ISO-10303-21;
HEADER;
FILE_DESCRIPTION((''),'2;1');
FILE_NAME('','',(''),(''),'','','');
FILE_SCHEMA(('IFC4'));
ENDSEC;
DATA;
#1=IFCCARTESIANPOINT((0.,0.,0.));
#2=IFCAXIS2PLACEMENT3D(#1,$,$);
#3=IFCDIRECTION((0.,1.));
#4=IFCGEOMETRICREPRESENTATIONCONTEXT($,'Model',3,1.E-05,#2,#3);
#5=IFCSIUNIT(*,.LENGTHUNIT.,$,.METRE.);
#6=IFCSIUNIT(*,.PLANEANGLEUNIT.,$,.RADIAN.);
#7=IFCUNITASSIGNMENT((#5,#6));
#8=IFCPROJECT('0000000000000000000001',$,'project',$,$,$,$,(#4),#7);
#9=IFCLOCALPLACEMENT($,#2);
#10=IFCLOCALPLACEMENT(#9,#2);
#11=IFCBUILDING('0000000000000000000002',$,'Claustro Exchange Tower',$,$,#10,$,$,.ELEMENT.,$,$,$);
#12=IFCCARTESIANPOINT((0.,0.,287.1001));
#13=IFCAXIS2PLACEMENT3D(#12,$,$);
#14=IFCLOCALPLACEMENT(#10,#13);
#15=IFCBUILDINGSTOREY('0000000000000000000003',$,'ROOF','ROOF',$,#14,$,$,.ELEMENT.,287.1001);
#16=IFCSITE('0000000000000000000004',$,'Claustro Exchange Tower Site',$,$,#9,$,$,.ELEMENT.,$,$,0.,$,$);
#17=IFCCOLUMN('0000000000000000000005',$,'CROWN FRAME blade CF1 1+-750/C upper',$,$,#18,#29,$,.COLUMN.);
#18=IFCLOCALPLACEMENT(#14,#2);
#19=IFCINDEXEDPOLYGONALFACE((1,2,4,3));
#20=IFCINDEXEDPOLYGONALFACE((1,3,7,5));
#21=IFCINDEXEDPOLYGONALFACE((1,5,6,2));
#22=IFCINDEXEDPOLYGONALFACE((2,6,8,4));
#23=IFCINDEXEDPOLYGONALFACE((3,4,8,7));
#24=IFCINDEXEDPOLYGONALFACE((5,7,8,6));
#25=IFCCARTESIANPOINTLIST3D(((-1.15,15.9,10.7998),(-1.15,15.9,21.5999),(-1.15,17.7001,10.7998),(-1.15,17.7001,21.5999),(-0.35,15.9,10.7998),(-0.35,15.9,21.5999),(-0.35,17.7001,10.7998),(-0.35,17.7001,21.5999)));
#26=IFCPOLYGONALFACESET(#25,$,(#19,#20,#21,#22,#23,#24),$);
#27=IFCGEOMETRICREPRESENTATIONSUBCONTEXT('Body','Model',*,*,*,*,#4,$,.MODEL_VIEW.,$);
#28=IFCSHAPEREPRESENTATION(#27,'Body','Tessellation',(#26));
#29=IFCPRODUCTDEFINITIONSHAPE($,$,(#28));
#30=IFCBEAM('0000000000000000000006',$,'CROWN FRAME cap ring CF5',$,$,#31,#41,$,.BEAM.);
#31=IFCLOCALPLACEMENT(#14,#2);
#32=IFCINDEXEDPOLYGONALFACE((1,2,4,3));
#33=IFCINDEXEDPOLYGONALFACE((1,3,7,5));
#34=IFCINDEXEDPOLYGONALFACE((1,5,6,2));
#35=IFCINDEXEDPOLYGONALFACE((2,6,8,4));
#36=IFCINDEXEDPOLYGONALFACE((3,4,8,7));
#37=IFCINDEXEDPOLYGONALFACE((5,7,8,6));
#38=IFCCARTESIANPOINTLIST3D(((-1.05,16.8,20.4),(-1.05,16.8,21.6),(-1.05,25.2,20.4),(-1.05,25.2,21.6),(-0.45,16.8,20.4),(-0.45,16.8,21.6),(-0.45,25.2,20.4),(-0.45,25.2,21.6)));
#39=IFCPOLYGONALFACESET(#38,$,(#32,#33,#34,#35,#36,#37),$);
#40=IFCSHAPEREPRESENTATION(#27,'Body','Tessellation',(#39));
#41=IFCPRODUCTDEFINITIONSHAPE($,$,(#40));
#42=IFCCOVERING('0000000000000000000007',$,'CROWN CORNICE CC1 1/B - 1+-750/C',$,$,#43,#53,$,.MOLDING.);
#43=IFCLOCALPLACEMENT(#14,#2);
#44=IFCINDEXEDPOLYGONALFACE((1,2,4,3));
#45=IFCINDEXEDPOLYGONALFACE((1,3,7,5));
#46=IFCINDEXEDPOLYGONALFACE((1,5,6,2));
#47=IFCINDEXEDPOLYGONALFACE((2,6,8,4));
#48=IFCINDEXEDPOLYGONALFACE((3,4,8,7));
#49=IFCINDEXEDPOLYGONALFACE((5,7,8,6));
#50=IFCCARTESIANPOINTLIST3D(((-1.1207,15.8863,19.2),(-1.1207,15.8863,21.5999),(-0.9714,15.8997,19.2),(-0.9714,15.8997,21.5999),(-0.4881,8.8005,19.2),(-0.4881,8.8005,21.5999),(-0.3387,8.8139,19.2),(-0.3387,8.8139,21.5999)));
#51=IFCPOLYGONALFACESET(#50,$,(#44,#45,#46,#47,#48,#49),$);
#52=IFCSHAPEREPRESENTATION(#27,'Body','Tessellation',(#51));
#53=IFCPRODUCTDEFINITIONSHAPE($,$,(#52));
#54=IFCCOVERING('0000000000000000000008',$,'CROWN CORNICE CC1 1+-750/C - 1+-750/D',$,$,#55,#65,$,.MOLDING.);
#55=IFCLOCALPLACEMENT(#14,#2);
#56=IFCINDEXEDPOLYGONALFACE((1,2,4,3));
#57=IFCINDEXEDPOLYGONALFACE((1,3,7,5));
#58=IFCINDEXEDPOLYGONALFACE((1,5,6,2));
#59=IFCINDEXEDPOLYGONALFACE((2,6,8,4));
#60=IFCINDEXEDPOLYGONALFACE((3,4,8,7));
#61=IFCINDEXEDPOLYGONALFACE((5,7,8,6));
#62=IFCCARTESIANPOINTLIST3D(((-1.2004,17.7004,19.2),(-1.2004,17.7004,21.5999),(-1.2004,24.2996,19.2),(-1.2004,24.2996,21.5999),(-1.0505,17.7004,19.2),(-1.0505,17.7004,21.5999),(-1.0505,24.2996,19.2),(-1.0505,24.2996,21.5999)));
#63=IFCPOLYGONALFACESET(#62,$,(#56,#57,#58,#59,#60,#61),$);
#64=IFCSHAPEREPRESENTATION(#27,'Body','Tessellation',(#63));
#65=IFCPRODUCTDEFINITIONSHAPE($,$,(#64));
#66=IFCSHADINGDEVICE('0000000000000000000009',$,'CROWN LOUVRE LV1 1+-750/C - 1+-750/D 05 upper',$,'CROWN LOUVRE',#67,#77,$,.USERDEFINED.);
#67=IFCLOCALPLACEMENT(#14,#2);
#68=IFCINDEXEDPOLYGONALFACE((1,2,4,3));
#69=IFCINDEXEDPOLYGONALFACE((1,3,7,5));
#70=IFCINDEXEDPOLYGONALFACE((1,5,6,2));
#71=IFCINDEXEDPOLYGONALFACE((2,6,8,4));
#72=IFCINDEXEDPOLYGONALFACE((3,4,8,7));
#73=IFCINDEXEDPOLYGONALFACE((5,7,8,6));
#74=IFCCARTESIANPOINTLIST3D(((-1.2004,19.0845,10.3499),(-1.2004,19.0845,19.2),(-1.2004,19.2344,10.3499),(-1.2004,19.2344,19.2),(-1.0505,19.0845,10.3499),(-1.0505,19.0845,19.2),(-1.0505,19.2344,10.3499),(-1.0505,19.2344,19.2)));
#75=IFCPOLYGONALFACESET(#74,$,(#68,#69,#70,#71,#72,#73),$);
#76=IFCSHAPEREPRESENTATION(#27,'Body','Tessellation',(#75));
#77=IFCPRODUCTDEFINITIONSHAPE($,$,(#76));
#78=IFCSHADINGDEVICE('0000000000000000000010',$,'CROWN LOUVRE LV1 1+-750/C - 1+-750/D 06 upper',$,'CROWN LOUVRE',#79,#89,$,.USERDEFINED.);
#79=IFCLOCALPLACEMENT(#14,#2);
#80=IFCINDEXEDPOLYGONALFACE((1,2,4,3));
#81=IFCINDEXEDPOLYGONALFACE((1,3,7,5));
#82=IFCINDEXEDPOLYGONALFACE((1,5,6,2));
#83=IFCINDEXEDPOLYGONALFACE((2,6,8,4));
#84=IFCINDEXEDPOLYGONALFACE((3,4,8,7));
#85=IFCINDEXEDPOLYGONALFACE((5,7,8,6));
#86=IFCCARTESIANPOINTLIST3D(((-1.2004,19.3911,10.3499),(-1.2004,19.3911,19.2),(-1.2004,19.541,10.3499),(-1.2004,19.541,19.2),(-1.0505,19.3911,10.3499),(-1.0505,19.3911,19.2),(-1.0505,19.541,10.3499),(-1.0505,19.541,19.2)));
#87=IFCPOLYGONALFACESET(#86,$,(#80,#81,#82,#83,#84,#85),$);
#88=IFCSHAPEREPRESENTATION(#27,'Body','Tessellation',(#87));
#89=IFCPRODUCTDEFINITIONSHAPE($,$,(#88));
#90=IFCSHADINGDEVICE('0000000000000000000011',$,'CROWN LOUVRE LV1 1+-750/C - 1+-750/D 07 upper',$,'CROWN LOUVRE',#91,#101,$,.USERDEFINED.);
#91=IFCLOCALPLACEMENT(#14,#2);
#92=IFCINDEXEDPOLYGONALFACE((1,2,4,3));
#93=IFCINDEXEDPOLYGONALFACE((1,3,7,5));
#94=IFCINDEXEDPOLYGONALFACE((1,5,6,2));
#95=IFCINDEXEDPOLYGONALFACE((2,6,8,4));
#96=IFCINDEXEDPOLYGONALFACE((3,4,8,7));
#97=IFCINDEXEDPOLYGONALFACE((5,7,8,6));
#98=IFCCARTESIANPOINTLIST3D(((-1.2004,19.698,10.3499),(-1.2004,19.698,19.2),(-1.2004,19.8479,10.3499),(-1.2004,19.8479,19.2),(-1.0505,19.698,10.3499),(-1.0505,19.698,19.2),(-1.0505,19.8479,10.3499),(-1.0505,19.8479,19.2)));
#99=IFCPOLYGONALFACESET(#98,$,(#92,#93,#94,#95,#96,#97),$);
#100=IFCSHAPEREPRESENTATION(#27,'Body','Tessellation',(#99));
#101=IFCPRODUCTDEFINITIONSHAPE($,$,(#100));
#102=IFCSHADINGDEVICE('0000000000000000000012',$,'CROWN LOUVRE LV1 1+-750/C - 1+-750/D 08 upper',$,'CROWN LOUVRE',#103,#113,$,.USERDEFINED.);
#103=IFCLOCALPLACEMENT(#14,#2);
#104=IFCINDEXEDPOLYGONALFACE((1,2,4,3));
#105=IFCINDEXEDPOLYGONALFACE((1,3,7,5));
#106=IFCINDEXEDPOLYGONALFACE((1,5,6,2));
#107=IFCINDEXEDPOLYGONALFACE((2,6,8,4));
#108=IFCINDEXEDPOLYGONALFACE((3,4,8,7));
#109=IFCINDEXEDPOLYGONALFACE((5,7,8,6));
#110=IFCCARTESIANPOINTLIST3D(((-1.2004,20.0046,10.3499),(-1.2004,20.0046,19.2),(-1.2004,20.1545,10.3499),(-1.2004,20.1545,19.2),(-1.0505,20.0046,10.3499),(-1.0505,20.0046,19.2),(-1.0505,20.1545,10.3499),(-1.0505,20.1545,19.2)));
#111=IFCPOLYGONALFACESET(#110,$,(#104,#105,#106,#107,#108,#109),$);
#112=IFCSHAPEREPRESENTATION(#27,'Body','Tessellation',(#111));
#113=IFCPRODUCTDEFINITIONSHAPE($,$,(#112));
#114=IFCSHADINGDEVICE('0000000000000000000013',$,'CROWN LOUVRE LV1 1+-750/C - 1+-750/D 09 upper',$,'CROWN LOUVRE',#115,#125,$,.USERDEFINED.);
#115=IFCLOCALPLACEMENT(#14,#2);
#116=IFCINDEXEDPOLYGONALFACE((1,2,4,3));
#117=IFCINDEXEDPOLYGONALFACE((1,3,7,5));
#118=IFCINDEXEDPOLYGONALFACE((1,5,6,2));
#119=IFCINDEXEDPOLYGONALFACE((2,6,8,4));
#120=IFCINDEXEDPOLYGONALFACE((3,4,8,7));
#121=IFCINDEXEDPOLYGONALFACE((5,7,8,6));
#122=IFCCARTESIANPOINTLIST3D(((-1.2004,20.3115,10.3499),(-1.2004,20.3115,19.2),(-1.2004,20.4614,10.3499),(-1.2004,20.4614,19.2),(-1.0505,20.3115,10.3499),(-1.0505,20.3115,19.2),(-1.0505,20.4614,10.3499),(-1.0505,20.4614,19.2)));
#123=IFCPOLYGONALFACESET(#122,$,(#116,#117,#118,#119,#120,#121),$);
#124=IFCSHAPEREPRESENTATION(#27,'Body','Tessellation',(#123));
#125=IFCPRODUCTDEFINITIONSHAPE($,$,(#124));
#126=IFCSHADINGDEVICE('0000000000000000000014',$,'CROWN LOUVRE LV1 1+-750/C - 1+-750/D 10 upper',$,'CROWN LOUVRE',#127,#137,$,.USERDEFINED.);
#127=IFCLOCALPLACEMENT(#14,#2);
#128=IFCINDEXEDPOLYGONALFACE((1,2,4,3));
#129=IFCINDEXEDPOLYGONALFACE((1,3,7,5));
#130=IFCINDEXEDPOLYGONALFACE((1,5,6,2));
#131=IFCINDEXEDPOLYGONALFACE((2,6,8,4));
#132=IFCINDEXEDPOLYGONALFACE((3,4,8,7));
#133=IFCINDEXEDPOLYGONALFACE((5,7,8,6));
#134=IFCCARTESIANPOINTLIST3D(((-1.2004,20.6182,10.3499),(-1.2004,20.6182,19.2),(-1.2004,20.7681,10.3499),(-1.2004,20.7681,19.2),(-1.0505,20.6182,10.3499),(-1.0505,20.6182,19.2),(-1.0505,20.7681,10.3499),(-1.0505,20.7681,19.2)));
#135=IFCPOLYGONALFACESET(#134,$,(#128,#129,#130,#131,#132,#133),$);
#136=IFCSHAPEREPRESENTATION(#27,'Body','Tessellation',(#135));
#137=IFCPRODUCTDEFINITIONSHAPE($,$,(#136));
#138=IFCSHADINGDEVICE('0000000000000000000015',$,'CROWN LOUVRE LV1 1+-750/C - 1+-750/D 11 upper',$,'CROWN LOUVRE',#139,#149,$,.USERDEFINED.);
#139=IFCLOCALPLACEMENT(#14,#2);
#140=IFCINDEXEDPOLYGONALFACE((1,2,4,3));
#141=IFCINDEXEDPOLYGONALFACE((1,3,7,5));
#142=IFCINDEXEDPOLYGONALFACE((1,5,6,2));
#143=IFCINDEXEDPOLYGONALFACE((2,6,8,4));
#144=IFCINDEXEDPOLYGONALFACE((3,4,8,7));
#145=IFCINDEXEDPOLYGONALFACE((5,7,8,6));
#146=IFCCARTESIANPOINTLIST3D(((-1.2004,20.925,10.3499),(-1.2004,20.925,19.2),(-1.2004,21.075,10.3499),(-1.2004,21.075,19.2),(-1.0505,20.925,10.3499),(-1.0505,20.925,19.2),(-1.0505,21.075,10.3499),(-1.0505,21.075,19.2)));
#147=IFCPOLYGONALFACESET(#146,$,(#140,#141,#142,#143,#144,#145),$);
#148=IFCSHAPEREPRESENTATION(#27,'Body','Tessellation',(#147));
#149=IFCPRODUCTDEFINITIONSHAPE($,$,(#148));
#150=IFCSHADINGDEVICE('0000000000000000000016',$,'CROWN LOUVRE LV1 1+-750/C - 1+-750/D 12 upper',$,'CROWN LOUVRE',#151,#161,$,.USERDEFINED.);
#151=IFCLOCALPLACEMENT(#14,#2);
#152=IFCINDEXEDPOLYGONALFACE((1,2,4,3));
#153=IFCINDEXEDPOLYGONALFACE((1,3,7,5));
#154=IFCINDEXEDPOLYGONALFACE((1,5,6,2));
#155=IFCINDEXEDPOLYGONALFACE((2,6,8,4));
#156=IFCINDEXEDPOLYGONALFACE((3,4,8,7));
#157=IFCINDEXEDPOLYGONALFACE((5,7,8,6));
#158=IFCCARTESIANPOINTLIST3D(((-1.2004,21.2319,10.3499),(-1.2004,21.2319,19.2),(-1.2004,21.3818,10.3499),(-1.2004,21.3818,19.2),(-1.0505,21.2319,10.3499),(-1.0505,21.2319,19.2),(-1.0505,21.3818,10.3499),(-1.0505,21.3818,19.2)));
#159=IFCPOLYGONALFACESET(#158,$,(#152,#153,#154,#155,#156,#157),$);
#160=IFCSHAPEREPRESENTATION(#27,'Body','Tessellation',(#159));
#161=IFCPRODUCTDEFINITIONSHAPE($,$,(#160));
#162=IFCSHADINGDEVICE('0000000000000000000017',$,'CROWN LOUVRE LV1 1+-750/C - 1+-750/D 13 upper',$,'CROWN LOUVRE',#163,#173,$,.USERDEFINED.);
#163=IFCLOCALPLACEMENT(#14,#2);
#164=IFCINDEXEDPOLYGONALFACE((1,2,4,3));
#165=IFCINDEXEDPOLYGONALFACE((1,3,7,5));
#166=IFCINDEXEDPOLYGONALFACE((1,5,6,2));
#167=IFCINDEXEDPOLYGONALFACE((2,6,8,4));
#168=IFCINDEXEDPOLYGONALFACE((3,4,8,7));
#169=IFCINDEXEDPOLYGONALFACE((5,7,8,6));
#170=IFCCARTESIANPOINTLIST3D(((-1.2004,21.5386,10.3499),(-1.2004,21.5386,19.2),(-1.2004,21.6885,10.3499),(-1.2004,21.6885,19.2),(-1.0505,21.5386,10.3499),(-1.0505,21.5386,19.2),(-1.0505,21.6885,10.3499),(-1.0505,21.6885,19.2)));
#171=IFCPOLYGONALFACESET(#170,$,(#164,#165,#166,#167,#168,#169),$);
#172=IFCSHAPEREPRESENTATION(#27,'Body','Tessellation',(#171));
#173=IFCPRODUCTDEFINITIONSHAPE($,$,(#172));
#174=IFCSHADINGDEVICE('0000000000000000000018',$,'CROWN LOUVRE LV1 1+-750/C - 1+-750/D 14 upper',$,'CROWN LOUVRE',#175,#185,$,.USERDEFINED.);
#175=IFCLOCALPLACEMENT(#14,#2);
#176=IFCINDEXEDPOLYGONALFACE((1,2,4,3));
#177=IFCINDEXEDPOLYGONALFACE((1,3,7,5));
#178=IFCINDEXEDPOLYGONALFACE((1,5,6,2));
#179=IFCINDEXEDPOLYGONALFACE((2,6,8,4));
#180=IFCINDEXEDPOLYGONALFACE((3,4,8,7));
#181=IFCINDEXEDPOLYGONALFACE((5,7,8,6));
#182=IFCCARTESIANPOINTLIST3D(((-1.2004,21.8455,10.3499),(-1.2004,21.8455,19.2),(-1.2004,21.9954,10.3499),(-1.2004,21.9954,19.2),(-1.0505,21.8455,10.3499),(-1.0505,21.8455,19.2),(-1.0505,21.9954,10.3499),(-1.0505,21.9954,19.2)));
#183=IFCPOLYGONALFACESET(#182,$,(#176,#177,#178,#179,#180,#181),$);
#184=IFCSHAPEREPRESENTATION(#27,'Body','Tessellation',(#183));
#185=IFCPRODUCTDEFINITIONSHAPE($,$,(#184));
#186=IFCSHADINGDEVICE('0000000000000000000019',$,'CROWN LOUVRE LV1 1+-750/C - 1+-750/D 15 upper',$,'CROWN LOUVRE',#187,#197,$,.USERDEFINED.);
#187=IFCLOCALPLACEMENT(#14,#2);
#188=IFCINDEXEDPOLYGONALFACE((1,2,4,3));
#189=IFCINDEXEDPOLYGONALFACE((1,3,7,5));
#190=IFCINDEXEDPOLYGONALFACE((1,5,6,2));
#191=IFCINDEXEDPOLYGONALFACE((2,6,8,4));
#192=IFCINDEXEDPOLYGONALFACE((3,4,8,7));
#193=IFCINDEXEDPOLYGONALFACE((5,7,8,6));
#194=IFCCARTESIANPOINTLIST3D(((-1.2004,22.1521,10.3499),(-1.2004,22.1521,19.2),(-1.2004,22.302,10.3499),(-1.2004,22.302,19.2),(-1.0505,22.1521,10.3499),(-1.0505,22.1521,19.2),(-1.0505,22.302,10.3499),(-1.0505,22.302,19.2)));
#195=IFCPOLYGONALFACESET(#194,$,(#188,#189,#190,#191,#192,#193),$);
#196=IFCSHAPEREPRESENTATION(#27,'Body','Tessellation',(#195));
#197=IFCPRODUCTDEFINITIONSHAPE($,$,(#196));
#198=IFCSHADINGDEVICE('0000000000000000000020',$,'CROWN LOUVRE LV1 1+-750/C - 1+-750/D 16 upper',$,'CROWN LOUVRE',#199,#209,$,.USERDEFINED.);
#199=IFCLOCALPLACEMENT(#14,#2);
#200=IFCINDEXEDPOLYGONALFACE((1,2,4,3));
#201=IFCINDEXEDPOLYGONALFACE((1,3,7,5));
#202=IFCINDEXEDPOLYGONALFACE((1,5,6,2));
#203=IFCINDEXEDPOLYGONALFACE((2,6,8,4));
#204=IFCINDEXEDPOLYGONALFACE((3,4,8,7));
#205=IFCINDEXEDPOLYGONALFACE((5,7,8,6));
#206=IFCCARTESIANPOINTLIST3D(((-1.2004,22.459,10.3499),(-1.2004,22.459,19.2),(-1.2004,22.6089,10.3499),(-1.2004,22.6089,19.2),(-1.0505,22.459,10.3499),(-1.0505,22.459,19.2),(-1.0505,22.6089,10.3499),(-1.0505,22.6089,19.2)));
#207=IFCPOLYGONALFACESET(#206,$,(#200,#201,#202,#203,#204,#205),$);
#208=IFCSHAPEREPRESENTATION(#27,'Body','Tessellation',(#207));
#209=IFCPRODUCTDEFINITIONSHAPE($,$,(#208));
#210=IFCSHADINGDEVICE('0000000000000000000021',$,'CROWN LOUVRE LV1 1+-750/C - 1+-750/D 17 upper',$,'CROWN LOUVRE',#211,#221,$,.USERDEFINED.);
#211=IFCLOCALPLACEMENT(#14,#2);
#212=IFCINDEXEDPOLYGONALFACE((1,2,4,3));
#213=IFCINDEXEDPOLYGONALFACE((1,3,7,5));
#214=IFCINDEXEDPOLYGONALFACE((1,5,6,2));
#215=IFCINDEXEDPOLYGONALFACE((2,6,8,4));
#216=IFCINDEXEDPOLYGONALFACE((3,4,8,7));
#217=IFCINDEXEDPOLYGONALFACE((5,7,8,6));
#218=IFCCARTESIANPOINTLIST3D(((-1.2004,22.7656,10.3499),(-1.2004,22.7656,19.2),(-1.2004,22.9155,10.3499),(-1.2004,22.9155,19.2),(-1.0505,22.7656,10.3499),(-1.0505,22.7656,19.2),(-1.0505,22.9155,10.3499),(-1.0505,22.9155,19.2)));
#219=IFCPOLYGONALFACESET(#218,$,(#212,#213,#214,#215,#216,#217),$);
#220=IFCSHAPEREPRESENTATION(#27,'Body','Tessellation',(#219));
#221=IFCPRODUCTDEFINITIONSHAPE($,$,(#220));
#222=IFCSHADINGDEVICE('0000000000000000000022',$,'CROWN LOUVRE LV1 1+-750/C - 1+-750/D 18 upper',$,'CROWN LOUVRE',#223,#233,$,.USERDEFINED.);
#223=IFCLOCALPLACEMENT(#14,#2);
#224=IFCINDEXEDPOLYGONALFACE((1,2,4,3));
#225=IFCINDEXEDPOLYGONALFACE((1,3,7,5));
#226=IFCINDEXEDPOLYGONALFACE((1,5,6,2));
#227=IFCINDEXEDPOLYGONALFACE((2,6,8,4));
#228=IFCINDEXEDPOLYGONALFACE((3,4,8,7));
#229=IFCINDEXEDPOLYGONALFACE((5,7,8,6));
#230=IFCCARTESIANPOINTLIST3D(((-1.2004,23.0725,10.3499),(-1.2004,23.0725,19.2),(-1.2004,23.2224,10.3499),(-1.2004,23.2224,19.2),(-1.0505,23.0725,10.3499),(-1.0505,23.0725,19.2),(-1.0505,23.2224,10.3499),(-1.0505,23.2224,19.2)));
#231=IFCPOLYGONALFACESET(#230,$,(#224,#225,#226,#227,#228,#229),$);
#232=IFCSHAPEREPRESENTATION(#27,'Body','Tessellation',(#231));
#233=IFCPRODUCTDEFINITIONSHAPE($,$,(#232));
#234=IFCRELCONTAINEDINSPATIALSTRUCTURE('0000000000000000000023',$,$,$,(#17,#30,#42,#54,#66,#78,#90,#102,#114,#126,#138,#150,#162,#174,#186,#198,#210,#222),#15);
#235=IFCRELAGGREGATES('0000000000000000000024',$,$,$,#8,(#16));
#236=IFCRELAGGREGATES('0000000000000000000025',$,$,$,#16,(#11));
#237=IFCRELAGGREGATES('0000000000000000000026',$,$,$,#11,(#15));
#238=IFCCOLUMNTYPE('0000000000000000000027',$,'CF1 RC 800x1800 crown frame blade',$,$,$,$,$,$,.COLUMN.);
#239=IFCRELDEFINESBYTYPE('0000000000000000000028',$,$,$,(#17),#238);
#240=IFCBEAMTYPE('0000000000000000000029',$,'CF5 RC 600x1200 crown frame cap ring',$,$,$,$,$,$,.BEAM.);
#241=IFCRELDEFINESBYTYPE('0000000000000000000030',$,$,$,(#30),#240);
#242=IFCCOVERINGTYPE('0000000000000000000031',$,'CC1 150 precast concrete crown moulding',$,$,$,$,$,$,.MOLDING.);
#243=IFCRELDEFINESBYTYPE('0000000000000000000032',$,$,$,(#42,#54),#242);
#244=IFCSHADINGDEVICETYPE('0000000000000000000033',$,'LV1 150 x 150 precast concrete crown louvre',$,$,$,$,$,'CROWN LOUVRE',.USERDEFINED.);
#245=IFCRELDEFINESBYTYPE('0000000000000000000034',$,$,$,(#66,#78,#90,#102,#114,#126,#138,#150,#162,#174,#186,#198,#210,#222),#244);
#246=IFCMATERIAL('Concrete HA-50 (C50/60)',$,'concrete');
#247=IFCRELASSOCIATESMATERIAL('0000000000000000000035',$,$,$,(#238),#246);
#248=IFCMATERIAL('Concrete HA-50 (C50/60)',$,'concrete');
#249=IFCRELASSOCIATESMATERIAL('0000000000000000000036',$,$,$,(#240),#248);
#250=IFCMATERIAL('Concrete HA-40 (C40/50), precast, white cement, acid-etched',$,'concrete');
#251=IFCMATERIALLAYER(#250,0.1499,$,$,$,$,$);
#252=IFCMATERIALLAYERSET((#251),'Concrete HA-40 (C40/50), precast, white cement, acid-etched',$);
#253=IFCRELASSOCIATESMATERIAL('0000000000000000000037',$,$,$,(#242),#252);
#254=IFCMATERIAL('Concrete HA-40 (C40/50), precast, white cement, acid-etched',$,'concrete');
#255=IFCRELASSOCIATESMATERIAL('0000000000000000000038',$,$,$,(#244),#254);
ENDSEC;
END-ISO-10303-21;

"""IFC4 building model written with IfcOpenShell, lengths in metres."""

from ifc_helpers import new_model, si_unit, direction, frame, origin, origin_2d, place, context, subcontext, project, spatial, rectangle, extrude, material, layer, layer_set, material_profile, profile_set, type_object, element, save


model = new_model("IFC4")

# Units and contexts
model_context = context("Model", 3, precision=1e-05, world=origin(), true_north=direction((0.0, 1.0)))
body_context = subcontext(model_context, "Body", "Model", "MODEL_VIEW")
ifc_project = project(units=[si_unit("LENGTHUNIT", "METRE"), si_unit("PLANEANGLEUNIT", "RADIAN")], contexts=[model_context])

# Site, building, storey
site_placement = place(None, origin())
site = spatial("IfcSite", under=ifc_project, at=site_placement, Name="Claustro Exchange Tower Site", CompositionType="ELEMENT", RefElevation=0.0)
building_placement = place(site_placement, origin())
building = spatial("IfcBuilding", under=site, at=building_placement, Name="Claustro Exchange Tower", CompositionType="ELEMENT")
storey_placement = place(building_placement, frame((0.0, 0.0, 287.1001)))
storey = spatial("IfcBuildingStorey", under=building, at=storey_placement, Name="ROOF", Description="ROOF", CompositionType="ELEMENT", Elevation=287.1001)

# Column
ifc_material_1 = material(Name="Concrete HA-50 (C50/60)", Category="concrete")
ifc_material_profile_1 = material_profile(ifc_material_1, rectangle(XDim=0.8, YDim=1.8, at=origin_2d()), Name="RC 800x1800")
ifc_profile_set_1 = profile_set([ifc_material_profile_1], Name="Concrete HA-50 (C50/60)")
column_type = type_object("IfcColumnType", Name="CF1 RC 800x1800 crown frame blade", PredefinedType="COLUMN", material=ifc_profile_set_1)
column_placement = place(storey_placement, frame((-0.75, 16.8, 10.7998), z_axis=(0.0, 0.0, 1.0), x_axis=(1.0, 0.0, 0.0)))
element("IfcColumn", 1, at=column_placement, inside=storey, type_object=column_type, Name="CROWN FRAME blade CF1 1+-750/C upper", PredefinedType="COLUMN", context=body_context, shape_type="SweptSolid", body=[
    extrude(rectangle(XDim=0.8, YDim=1.8, at=origin_2d()), origin(), (0.0, 0.0, 1.0), 10.8),
])

# Beam
ifc_material_2 = material(Name="Concrete HA-50 (C50/60)", Category="concrete")
ifc_material_profile_2 = material_profile(ifc_material_2, rectangle(XDim=0.6001, YDim=1.2, at=origin_2d()), Name="RC 600x1200")
ifc_profile_set_2 = profile_set([ifc_material_profile_2], Name="Concrete HA-50 (C50/60)")
beam_type = type_object("IfcBeamType", Name="CF5 RC 600x1200 crown frame cap ring", PredefinedType="BEAM", material=ifc_profile_set_2)
beam_placement = place(storey_placement, frame((-0.75, 16.8, 21.0), z_axis=(0.0, 1.0, 0.0), x_axis=(-1.0, 0.0, 0.0)))
element("IfcBeam", 2, at=beam_placement, inside=storey, type_object=beam_type, Name="CROWN FRAME cap ring CF5", PredefinedType="BEAM", context=body_context, shape_type="SweptSolid", body=[
    extrude(rectangle(XDim=0.6001, YDim=1.2, at=origin_2d()), origin(), (0.0, 0.0, 1.0), 8.3999),
])

# Coverings
ifc_material_3 = material(Name="Concrete HA-40 (C40/50), precast, white cement, acid-etched", Category="concrete")
ifc_layer_1 = layer(ifc_material_3, 0.1499)
ifc_layer_set_1 = layer_set([ifc_layer_1], Name="Concrete HA-40 (C40/50), precast, white cement, acid-etched")
covering_type = type_object("IfcCoveringType", Name="CC1 150 precast concrete crown moulding", PredefinedType="MOLDING", material=ifc_layer_set_1)
covering_1_placement = place(storey_placement, frame((-0.7297, 12.3501, 19.2), z_axis=(0.0, 0.0, 1.0), x_axis=(-0.088933, 0.996038, 0.0)))
element("IfcCovering", 3, at=covering_1_placement, inside=storey, type_object=covering_type, Name="CROWN CORNICE CC1 1/B - 1+-750/C", PredefinedType="MOLDING", context=body_context, shape_type="SweptSolid", body=[
    extrude(rectangle(XDim=7.114, YDim=0.1499, at=origin_2d()), origin(), (0.0, 0.0, 1.0), 2.3999),
])
covering_2_placement = place(storey_placement, frame((-1.1255, 21.0, 19.2), z_axis=(0.0, 0.0, 1.0), x_axis=(0.0, 1.0, 0.0)))
element("IfcCovering", 4, at=covering_2_placement, inside=storey, type_object=covering_type, Name="CROWN CORNICE CC1 1+-750/C - 1+-750/D", PredefinedType="MOLDING", context=body_context, shape_type="SweptSolid", body=[
    extrude(rectangle(XDim=6.5991, YDim=0.1499, at=origin_2d()), origin(), (0.0, 0.0, 1.0), 2.3999),
])

# Shading devices
ifc_material_4 = material(Name="Concrete HA-40 (C40/50), precast, white cement, acid-etched", Category="concrete")
shading_device_type = type_object("IfcShadingDeviceType", Name="LV1 150 x 150 precast concrete crown louvre", ElementType="CROWN LOUVRE", PredefinedType="USERDEFINED", material=ifc_material_4)
for number, where, z_axis, x_axis, name in (
    (5, (-1.1255, 19.1594, 10.3499), (0.0, 0.0, 1.0), (0.0, 1.0, 0.0), "CROWN LOUVRE LV1 1+-750/C - 1+-750/D 05 upper"),
    (6, (-1.1255, 19.4661, 10.3499), (0.0, 0.0, 1.0), (0.0, 1.0, 0.0), "CROWN LOUVRE LV1 1+-750/C - 1+-750/D 06 upper"),
    (7, (-1.1255, 19.7729, 10.3499), (0.0, 0.0, 1.0), (0.0, 1.0, 0.0), "CROWN LOUVRE LV1 1+-750/C - 1+-750/D 07 upper"),
    (8, (-1.1255, 20.0796, 10.3499), (0.0, 0.0, 1.0), (0.0, 1.0, 0.0), "CROWN LOUVRE LV1 1+-750/C - 1+-750/D 08 upper"),
    (9, (-1.1255, 20.3865, 10.3499), (0.0, 0.0, 1.0), (0.0, 1.0, 0.0), "CROWN LOUVRE LV1 1+-750/C - 1+-750/D 09 upper"),
    (10, (-1.1255, 20.6931, 10.3499), (0.0, 0.0, 1.0), (0.0, 1.0, 0.0), "CROWN LOUVRE LV1 1+-750/C - 1+-750/D 10 upper"),
    (11, (-1.1255, 21.0, 10.3499), (0.0, 0.0, 1.0), (0.0, 1.0, 0.0), "CROWN LOUVRE LV1 1+-750/C - 1+-750/D 11 upper"),
    (12, (-1.1255, 21.3069, 10.3499), (0.0, 0.0, 1.0), (0.0, 1.0, 0.0), "CROWN LOUVRE LV1 1+-750/C - 1+-750/D 12 upper"),
    (13, (-1.1255, 21.6135, 10.3499), (0.0, 0.0, 1.0), (0.0, 1.0, 0.0), "CROWN LOUVRE LV1 1+-750/C - 1+-750/D 13 upper"),
    (14, (-1.1255, 21.9204, 10.3499), (0.0, 0.0, 1.0), (0.0, 1.0, 0.0), "CROWN LOUVRE LV1 1+-750/C - 1+-750/D 14 upper"),
    (15, (-1.1255, 22.2271, 10.3499), (0.0, 0.0, 1.0), (0.0, 1.0, 0.0), "CROWN LOUVRE LV1 1+-750/C - 1+-750/D 15 upper"),
    (16, (-1.1255, 22.5339, 10.3499), (0.0, 0.0, 1.0), (0.0, 1.0, 0.0), "CROWN LOUVRE LV1 1+-750/C - 1+-750/D 16 upper"),
    (17, (-1.1255, 22.8406, 10.3499), (0.0, 0.0, 1.0), (0.0, 1.0, 0.0), "CROWN LOUVRE LV1 1+-750/C - 1+-750/D 17 upper"),
    (18, (-1.1255, 23.1475, 10.3499), (0.0, 0.0, 1.0), (0.0, 1.0, 0.0), "CROWN LOUVRE LV1 1+-750/C - 1+-750/D 18 upper"),
):
    element("IfcShadingDevice", number, at=place(storey_placement, frame(where, z_axis=z_axis, x_axis=x_axis)), inside=storey, type_object=shading_device_type, Name=name, ObjectType="CROWN LOUVRE", PredefinedType="USERDEFINED", context=body_context, shape_type="SweptSolid", body=[
        extrude(rectangle(XDim=0.1499, YDim=0.1499, at=origin_2d()), origin(), (0.0, 0.0, 1.0), 8.8501),
    ])

save(model, "model.ifc")
